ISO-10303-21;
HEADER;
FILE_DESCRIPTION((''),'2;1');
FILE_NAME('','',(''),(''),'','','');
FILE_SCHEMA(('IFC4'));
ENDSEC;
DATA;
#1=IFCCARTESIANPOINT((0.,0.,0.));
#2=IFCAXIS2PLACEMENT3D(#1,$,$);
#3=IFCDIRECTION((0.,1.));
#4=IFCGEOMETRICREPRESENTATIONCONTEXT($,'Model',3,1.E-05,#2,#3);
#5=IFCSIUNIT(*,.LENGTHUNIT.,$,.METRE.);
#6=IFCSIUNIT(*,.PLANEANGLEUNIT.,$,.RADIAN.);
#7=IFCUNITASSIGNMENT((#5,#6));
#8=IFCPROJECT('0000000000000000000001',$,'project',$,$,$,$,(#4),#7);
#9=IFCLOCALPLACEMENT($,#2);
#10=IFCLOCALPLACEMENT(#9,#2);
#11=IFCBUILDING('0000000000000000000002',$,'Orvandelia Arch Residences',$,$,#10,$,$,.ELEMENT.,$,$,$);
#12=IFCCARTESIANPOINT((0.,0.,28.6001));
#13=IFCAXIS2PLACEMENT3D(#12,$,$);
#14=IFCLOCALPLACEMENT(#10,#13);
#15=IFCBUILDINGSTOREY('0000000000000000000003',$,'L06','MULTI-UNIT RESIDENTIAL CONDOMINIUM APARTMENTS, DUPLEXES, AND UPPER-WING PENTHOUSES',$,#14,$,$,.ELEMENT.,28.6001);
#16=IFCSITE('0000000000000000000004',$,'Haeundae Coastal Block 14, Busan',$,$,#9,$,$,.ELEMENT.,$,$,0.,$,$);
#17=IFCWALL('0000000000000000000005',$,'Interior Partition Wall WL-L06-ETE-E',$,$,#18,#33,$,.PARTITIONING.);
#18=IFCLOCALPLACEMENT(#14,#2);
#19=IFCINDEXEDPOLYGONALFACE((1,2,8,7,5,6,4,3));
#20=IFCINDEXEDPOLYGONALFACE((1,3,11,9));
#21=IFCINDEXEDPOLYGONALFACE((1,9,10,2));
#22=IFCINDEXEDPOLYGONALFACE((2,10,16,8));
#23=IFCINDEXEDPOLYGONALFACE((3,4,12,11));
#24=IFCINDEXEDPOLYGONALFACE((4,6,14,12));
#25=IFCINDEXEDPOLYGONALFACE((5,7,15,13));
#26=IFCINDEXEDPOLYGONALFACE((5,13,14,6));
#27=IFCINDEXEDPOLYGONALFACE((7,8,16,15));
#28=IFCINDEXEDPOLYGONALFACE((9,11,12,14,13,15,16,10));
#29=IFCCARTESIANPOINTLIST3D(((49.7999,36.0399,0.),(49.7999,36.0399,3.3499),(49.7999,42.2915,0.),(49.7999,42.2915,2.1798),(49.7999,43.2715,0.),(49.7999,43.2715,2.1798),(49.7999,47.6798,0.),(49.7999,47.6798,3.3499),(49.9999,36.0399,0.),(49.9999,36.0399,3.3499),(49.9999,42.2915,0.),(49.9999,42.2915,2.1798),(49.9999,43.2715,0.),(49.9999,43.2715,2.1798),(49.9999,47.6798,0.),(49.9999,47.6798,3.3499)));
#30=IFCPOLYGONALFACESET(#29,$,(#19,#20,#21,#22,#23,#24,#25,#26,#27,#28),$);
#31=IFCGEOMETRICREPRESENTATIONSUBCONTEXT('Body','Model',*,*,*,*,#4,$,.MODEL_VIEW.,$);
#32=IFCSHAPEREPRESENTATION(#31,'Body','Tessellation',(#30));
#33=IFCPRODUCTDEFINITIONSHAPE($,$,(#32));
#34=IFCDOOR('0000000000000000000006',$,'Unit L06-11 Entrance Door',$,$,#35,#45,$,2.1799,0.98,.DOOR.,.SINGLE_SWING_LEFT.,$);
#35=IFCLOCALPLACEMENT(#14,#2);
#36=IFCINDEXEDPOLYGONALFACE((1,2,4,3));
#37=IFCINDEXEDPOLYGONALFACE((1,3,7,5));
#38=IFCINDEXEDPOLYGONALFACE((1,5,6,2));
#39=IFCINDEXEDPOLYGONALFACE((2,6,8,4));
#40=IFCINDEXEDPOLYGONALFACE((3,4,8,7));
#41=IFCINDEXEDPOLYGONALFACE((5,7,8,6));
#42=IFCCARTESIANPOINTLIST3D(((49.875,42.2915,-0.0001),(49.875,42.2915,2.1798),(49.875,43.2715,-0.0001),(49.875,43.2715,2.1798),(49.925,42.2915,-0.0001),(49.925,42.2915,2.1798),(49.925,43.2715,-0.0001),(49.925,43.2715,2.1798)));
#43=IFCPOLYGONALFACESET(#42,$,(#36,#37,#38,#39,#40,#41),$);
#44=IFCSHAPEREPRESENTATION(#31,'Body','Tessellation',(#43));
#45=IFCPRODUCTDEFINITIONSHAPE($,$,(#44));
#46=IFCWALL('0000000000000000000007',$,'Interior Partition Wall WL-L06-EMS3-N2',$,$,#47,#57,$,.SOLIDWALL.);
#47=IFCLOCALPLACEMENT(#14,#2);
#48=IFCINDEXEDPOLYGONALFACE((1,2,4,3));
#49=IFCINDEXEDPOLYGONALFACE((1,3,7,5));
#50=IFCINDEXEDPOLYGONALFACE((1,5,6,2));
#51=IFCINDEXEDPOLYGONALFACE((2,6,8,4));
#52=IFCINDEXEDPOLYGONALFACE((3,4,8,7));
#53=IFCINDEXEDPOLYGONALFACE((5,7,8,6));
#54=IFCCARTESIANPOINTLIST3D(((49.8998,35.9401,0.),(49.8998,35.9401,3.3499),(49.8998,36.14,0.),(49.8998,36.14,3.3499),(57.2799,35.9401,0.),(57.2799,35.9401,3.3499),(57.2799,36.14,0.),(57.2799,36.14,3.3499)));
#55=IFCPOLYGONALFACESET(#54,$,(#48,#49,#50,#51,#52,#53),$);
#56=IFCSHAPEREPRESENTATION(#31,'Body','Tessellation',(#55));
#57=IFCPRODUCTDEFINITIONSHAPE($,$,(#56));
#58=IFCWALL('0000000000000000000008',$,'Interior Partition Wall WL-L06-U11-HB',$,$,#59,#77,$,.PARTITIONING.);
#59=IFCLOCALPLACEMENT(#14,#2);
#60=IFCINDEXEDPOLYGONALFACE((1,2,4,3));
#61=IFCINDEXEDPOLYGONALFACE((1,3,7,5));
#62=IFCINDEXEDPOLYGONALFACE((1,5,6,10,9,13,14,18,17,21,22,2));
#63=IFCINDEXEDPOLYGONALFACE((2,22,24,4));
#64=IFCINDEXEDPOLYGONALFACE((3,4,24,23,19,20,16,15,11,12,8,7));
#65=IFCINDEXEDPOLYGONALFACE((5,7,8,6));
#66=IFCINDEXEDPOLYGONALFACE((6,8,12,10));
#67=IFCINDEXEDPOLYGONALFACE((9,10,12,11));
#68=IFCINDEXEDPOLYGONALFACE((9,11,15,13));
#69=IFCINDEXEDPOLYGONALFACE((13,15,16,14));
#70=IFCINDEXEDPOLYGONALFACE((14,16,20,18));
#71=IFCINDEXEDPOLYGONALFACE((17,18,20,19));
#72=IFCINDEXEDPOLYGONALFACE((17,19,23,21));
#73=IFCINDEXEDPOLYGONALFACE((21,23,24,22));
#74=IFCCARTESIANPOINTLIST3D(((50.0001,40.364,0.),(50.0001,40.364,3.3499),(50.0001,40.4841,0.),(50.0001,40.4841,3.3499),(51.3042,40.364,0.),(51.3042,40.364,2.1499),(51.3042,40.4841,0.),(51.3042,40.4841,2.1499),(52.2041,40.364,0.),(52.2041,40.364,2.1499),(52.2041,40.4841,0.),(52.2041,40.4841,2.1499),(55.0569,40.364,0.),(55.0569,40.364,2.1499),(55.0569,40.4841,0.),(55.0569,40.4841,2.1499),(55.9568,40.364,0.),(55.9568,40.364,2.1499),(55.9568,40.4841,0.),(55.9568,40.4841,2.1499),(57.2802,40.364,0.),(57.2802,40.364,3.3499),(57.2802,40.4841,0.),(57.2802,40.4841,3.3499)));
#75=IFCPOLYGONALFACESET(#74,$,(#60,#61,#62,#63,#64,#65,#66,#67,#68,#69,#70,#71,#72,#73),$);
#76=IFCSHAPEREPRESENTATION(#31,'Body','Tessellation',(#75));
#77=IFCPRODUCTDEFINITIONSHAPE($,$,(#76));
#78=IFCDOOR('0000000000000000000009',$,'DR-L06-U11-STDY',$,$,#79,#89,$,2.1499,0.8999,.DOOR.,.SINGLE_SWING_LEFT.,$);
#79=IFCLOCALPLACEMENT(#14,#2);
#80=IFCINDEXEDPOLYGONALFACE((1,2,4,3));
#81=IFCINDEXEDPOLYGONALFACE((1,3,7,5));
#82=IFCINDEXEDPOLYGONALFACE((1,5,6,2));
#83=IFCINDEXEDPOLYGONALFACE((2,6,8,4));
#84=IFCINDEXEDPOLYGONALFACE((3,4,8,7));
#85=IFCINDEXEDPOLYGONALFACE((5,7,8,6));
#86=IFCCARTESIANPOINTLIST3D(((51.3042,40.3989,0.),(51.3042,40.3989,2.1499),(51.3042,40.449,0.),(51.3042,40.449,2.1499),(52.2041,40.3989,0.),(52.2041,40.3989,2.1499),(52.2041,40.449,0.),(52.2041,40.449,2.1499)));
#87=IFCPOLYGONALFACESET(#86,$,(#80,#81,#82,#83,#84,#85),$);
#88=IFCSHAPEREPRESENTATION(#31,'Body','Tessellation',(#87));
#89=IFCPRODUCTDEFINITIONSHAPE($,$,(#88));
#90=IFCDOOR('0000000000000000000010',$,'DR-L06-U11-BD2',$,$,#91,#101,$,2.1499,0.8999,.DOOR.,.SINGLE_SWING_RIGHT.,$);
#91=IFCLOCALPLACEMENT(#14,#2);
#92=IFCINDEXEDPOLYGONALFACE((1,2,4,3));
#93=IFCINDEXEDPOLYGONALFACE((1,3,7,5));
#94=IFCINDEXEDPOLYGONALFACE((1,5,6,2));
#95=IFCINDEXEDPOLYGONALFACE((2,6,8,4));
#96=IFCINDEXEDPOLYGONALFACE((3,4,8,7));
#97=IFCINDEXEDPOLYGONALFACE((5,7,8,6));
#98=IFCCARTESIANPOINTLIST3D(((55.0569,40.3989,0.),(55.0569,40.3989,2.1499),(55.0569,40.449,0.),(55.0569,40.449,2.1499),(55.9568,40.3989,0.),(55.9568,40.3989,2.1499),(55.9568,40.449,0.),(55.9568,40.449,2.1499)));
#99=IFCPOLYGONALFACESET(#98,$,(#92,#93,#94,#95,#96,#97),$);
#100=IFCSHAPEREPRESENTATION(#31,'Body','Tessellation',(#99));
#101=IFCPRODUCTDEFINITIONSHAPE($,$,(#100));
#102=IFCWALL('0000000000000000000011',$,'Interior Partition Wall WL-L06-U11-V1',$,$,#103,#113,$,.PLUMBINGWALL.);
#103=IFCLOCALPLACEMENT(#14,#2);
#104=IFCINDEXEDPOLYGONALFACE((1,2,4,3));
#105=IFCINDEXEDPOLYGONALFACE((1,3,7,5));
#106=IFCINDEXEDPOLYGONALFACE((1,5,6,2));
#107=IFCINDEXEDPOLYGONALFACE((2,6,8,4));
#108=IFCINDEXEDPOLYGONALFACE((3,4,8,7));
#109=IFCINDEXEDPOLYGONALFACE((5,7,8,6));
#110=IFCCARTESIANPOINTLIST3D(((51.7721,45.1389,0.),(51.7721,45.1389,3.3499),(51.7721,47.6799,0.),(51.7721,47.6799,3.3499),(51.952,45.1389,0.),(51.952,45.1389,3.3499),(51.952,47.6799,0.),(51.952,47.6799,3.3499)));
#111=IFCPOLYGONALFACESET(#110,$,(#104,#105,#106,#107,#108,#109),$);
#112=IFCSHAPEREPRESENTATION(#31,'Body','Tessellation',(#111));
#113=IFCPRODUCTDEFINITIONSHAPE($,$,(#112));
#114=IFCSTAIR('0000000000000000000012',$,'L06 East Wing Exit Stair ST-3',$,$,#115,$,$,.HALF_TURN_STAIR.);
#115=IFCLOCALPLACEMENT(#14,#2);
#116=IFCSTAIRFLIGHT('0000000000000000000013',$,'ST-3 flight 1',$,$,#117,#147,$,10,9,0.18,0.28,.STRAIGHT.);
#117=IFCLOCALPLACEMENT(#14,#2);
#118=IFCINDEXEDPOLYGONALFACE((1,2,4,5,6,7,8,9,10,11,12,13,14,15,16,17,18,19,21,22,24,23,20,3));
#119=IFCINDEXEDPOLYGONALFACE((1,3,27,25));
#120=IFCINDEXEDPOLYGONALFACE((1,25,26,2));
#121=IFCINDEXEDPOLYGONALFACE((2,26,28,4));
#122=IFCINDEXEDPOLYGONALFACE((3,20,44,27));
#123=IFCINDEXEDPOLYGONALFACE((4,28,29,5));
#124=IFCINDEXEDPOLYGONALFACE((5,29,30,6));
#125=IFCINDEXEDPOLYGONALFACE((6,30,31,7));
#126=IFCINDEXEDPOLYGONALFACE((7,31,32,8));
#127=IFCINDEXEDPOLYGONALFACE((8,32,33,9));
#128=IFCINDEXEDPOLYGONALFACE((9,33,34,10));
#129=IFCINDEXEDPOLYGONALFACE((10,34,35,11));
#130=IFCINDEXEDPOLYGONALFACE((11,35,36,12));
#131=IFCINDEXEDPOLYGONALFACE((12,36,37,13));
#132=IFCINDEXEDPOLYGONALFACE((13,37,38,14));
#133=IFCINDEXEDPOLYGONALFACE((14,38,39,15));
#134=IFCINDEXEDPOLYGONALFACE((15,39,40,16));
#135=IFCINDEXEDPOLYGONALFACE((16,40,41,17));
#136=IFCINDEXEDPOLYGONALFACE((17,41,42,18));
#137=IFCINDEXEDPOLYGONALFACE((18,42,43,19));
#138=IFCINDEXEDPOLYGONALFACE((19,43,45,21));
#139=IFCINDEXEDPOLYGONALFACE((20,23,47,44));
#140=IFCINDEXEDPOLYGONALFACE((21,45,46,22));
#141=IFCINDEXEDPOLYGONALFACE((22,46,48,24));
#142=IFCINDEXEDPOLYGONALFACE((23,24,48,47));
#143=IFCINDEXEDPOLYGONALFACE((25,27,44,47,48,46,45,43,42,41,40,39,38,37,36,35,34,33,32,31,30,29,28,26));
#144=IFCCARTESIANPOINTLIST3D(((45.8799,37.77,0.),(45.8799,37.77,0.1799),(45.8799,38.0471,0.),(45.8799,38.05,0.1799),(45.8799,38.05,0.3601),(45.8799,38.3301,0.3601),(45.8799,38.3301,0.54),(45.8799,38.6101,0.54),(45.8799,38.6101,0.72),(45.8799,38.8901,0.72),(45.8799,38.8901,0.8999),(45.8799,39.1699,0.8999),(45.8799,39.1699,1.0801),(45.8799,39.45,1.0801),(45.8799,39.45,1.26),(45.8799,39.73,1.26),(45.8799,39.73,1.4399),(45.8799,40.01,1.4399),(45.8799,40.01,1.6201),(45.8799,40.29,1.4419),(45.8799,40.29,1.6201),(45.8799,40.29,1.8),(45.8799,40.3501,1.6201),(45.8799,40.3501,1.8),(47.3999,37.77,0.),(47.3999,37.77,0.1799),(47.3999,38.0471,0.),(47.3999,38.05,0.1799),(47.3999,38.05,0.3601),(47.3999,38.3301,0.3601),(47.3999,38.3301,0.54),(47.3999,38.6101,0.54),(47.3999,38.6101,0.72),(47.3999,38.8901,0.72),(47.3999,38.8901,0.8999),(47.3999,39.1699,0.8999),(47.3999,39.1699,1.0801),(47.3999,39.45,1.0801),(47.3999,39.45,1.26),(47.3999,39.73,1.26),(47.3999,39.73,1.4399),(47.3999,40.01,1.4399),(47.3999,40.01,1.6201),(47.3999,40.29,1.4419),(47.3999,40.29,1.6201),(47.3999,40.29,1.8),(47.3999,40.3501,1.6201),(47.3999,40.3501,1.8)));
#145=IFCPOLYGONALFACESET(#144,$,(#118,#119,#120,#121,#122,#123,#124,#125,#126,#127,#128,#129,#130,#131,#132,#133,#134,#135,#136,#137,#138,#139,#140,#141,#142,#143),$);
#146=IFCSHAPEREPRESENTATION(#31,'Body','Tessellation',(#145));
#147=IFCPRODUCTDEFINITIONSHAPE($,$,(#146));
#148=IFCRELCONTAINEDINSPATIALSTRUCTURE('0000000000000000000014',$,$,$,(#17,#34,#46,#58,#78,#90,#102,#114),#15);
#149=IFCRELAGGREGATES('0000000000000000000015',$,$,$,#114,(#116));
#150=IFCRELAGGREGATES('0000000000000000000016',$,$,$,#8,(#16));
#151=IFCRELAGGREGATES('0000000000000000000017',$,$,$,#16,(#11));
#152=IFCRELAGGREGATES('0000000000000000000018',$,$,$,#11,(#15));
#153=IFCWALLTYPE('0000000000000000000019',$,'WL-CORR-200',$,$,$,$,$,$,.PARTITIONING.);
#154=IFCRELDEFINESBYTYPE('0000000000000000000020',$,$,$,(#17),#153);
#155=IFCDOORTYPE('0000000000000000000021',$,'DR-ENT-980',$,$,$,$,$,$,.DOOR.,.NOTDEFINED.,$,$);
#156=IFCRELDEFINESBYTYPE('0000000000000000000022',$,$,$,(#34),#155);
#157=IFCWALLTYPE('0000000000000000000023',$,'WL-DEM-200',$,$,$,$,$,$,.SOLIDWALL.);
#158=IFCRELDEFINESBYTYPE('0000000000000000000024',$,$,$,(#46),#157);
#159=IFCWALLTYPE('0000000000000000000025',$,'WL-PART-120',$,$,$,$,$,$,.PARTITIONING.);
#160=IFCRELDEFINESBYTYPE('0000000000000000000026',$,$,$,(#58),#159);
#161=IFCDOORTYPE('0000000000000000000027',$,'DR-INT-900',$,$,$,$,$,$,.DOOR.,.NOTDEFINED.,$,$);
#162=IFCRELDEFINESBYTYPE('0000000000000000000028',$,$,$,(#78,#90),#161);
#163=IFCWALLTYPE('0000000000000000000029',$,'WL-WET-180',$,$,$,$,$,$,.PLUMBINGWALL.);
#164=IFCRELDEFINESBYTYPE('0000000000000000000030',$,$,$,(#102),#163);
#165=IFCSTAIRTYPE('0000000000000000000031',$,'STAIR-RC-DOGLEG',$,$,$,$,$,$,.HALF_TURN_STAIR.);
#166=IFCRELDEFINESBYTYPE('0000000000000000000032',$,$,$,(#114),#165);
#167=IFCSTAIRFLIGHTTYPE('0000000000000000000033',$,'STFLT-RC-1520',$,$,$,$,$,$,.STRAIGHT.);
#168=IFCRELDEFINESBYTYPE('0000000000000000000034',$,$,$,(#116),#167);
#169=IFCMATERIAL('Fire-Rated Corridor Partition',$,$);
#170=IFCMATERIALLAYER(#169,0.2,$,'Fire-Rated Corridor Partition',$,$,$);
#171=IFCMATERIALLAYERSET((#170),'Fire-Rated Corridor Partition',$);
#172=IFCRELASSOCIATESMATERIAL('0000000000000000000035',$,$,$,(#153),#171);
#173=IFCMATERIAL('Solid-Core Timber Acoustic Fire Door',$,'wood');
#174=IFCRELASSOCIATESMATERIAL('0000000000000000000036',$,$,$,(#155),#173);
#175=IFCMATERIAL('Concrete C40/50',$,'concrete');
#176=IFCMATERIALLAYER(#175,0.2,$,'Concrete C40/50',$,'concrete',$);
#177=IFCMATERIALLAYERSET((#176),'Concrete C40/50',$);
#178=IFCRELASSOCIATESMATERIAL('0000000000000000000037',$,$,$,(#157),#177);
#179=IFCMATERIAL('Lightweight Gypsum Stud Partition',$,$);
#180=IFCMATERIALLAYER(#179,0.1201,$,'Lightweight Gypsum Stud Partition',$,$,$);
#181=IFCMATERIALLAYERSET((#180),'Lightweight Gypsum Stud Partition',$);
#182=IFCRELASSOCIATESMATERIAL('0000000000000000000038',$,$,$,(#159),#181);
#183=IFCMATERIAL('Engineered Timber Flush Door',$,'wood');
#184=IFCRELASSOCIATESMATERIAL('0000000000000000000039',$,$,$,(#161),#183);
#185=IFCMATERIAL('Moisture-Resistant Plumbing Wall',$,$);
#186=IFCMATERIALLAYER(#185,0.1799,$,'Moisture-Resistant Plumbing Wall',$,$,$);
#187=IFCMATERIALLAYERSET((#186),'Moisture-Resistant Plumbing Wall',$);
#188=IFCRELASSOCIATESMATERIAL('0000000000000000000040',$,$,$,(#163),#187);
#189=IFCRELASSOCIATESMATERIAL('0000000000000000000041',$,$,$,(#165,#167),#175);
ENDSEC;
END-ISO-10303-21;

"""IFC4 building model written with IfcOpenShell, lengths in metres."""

from ifc_helpers import new_model, si_unit, direction, frame, frame_2d, origin, place, context, subcontext, project, spatial, polyline, rectangle, outline, extrude, material, layer, layer_set, type_object, element, fill, aggregate, save


model = new_model("IFC4")

# Units and contexts
model_context = context("Model", 3, precision=1e-05, world=origin(), true_north=direction((0.0, 1.0)))
body_context = subcontext(model_context, "Body", "Model", "MODEL_VIEW")
ifc_project = project(units=[si_unit("LENGTHUNIT", "METRE"), si_unit("PLANEANGLEUNIT", "RADIAN")], contexts=[model_context])

# Site, building, storey
site_placement = place(None, origin())
site = spatial("IfcSite", under=ifc_project, at=site_placement, Name="Haeundae Coastal Block 14, Busan", CompositionType="ELEMENT", RefElevation=0.0)
building_placement = place(site_placement, origin())
building = spatial("IfcBuilding", under=site, at=building_placement, Name="Orvandelia Arch Residences", CompositionType="ELEMENT")
storey_placement = place(building_placement, frame((0.0, 0.0, 28.6001)))
storey = spatial("IfcBuildingStorey", under=building, at=storey_placement, Name="L06", Description="MULTI-UNIT RESIDENTIAL CONDOMINIUM APARTMENTS, DUPLEXES, AND UPPER-WING PENTHOUSES", CompositionType="ELEMENT", Elevation=28.6001)

# Wall, opening, door
ifc_material_1 = material(Name="Fire-Rated Corridor Partition")
ifc_layer_1 = layer(ifc_material_1, 0.2, Name="Fire-Rated Corridor Partition")
ifc_layer_set_1 = layer_set([ifc_layer_1], Name="Fire-Rated Corridor Partition")
wall_type_1 = type_object("IfcWallType", Name="WL-CORR-200", PredefinedType="PARTITIONING", material=ifc_layer_set_1)
wall_1_placement = place(storey_placement, frame((49.8999, 36.04, 0.0), z_axis=(0.0, 0.0, 1.0), x_axis=(0.0, 1.0, 0.0)))
wall_1 = element("IfcWall", 1, at=wall_1_placement, inside=storey, type_object=wall_type_1, Name="Interior Partition Wall WL-L06-ETE-E", PredefinedType="PARTITIONING", context=body_context, shape_type="SweptSolid", body=[
    extrude(rectangle(XDim=11.6399, YDim=0.2, at=frame_2d((5.8198, 0.0))), origin(), (0.0, 0.0, 1.0), 3.3499),
])
opening_1_placement = place(wall_1_placement, frame((6.2515, 0.0, 0.0)))
opening_1 = element("IfcOpeningElement", 2, at=opening_1_placement, cuts=wall_1, PredefinedType="OPENING", context=body_context, shape_type="SweptSolid", body=[
    extrude(rectangle(XDim=0.98, YDim=2.1799, at=frame_2d((0.49, 1.0898))), frame((0.0, 0.1099, 0.0), z_axis=(0.0, -1.0, 0.0), x_axis=(1.0, 0.0, 0.0)), (0.0, 0.0, 1.0), 0.22),
])
ifc_material_2 = material(Name="Solid-Core Timber Acoustic Fire Door", Category="wood")
door_type_1 = type_object("IfcDoorType", Name="DR-ENT-980", OperationType="NOTDEFINED", PredefinedType="DOOR", material=ifc_material_2)
door_1_placement = place(opening_1_placement, origin())
door_1 = element("IfcDoor", 3, at=door_1_placement, inside=storey, type_object=door_type_1, Name="Unit L06-11 Entrance Door", OperationType="SINGLE_SWING_LEFT", OverallHeight=2.1799, OverallWidth=0.98, PredefinedType="DOOR", context=body_context, shape_type="SweptSolid", body=[
    extrude(rectangle(XDim=0.98, YDim=2.1799, at=frame_2d((0.49, 1.0898))), frame((0.0, 0.0249, 0.0), z_axis=(0.0, -1.0, 0.0), x_axis=(1.0, 0.0, 0.0)), (0.0, 0.0, 1.0), 0.05),
])
fill(opening_1, door_1)

# Wall
ifc_material_3 = material(Name="Concrete C40/50", Category="concrete")
ifc_layer_2 = layer(ifc_material_3, 0.2, Name="Concrete C40/50", Category="concrete")
ifc_layer_set_2 = layer_set([ifc_layer_2], Name="Concrete C40/50")
wall_type_2 = type_object("IfcWallType", Name="WL-DEM-200", PredefinedType="SOLIDWALL", material=ifc_layer_set_2)
wall_2_placement = place(storey_placement, frame((49.8999, 36.04, 0.0), z_axis=(0.0, 0.0, 1.0), x_axis=(1.0, 0.0, 0.0)))
element("IfcWall", 4, at=wall_2_placement, inside=storey, type_object=wall_type_2, Name="Interior Partition Wall WL-L06-EMS3-N2", PredefinedType="SOLIDWALL", context=body_context, shape_type="SweptSolid", body=[
    extrude(rectangle(XDim=7.3801, YDim=0.2, at=frame_2d((3.6899, 0.0))), origin(), (0.0, 0.0, 1.0), 3.3499),
])

# Wall, openings, doors
ifc_material_4 = material(Name="Lightweight Gypsum Stud Partition")
ifc_layer_3 = layer(ifc_material_4, 0.1201, Name="Lightweight Gypsum Stud Partition")
ifc_layer_set_3 = layer_set([ifc_layer_3], Name="Lightweight Gypsum Stud Partition")
wall_type_3 = type_object("IfcWallType", Name="WL-PART-120", PredefinedType="PARTITIONING", material=ifc_layer_set_3)
wall_3_placement = place(storey_placement, frame((50.0, 40.4241, 0.0), z_axis=(0.0, 0.0, 1.0), x_axis=(1.0, 0.0, 0.0)))
wall_3 = element("IfcWall", 5, at=wall_3_placement, inside=storey, type_object=wall_type_3, Name="Interior Partition Wall WL-L06-U11-HB", PredefinedType="PARTITIONING", context=body_context, shape_type="SweptSolid", body=[
    extrude(rectangle(XDim=7.28, YDim=0.1201, at=frame_2d((3.6401, 0.0))), origin(), (0.0, 0.0, 1.0), 3.3499),
])
opening_2_placement = place(wall_3_placement, frame((1.3042, 0.0, 0.0)))
opening_2 = element("IfcOpeningElement", 6, at=opening_2_placement, cuts=wall_3, PredefinedType="OPENING", context=body_context, shape_type="SweptSolid", body=[
    extrude(rectangle(XDim=0.8999, YDim=2.1499, at=frame_2d((0.45, 1.075))), frame((0.0, 0.0701, 0.0), z_axis=(0.0, -1.0, 0.0), x_axis=(1.0, 0.0, 0.0)), (0.0, 0.0, 1.0), 0.1401),
])
opening_3_placement = place(wall_3_placement, frame((5.0569, 0.0, 0.0)))
opening_3 = element("IfcOpeningElement", 7, at=opening_3_placement, cuts=wall_3, PredefinedType="OPENING", context=body_context, shape_type="SweptSolid", body=[
    extrude(rectangle(XDim=0.8999, YDim=2.1499, at=frame_2d((0.45, 1.075))), frame((0.0, 0.0701, 0.0), z_axis=(0.0, -1.0, 0.0), x_axis=(1.0, 0.0, 0.0)), (0.0, 0.0, 1.0), 0.1401),
])
ifc_material_5 = material(Name="Engineered Timber Flush Door", Category="wood")
door_type_2 = type_object("IfcDoorType", Name="DR-INT-900", OperationType="NOTDEFINED", PredefinedType="DOOR", material=ifc_material_5)
door_2_placement = place(opening_2_placement, origin())
door_2 = element("IfcDoor", 8, at=door_2_placement, inside=storey, type_object=door_type_2, Name="DR-L06-U11-STDY", OperationType="SINGLE_SWING_LEFT", OverallHeight=2.1499, OverallWidth=0.8999, PredefinedType="DOOR", context=body_context, shape_type="SweptSolid", body=[
    extrude(rectangle(XDim=0.8999, YDim=2.1499, at=frame_2d((0.45, 1.075))), frame((0.0, 0.0249, 0.0), z_axis=(0.0, -1.0, 0.0), x_axis=(1.0, 0.0, 0.0)), (0.0, 0.0, 1.0), 0.05),
])
fill(opening_2, door_2)
door_3_placement = place(opening_3_placement, origin())
door_3 = element("IfcDoor", 9, at=door_3_placement, inside=storey, type_object=door_type_2, Name="DR-L06-U11-BD2", OperationType="SINGLE_SWING_RIGHT", OverallHeight=2.1499, OverallWidth=0.8999, PredefinedType="DOOR", context=body_context, shape_type="SweptSolid", body=[
    extrude(rectangle(XDim=0.8999, YDim=2.1499, at=frame_2d((0.45, 1.075))), frame((0.0, 0.0249, 0.0), z_axis=(0.0, -1.0, 0.0), x_axis=(1.0, 0.0, 0.0)), (0.0, 0.0, 1.0), 0.05),
])
fill(opening_3, door_3)
ifc_material_6 = material(Name="Moisture-Resistant Plumbing Wall")
ifc_layer_4 = layer(ifc_material_6, 0.1799, Name="Moisture-Resistant Plumbing Wall")
ifc_layer_set_4 = layer_set([ifc_layer_4], Name="Moisture-Resistant Plumbing Wall")
wall_type_4 = type_object("IfcWallType", Name="WL-WET-180", PredefinedType="PLUMBINGWALL", material=ifc_layer_set_4)

# Wall
wall_4_placement = place(storey_placement, frame((51.8621, 45.1389, 0.0), z_axis=(0.0, 0.0, 1.0), x_axis=(0.0, 1.0, 0.0)))
element("IfcWall", 10, at=wall_4_placement, inside=storey, type_object=wall_type_4, Name="Interior Partition Wall WL-L06-U11-V1", PredefinedType="PLUMBINGWALL", context=body_context, shape_type="SweptSolid", body=[
    extrude(rectangle(XDim=2.541, YDim=0.1799, at=frame_2d((1.2705, 0.0))), origin(), (0.0, 0.0, 1.0), 3.3499),
])

# Stair, stair flight
stair_type = type_object("IfcStairType", Name="STAIR-RC-DOGLEG", PredefinedType="HALF_TURN_STAIR", material=ifc_material_3)
stair_placement = place(storey_placement, origin())
stair = element("IfcStair", 11, at=stair_placement, inside=storey, type_object=stair_type, Name="L06 East Wing Exit Stair ST-3", PredefinedType="HALF_TURN_STAIR")
stair_flight_type = type_object("IfcStairFlightType", Name="STFLT-RC-1520", PredefinedType="STRAIGHT", material=ifc_material_3)
stair_flight_placement = place(storey_placement, frame((46.6399, 37.77, 0.0), z_axis=(0.0, 0.0, 1.0), x_axis=(0.0, 1.0, 0.0)))
stair_flight = element("IfcStairFlight", 12, at=stair_flight_placement, type_object=stair_flight_type, Name="ST-3 flight 1", NumberOfRisers=10, NumberOfTreads=9, PredefinedType="STRAIGHT", RiserHeight=0.18, TreadLength=0.28, context=body_context, shape_type="SweptSolid", body=[
    extrude(outline(polyline([(0.0, 0.0), (0.0, 0.1799), (0.28, 0.1799), (0.28, 0.3601), (0.5601, 0.3601), (0.5601, 0.54), (0.8401, 0.54), (0.8401, 0.72), (1.1201, 0.72), (1.1201, 0.8999), (1.3999, 0.8999), (1.3999, 1.0801), (1.6799, 1.0801), (1.6799, 1.26), (1.96, 1.26), (1.96, 1.4399), (2.24, 1.4399), (2.24, 1.6201), (2.52, 1.6201), (2.52, 1.8), (2.5801, 1.8), (2.5801, 1.6201), (2.52, 1.4419), (0.2771, 0.0), (0.0, 0.0)])), frame((0.0, 0.76, 0.0), z_axis=(0.0, -1.0, 0.0), x_axis=(1.0, 0.0, 0.0)), (0.0, 0.0, 1.0), 1.52),
])
aggregate(stair, [stair_flight])

save(model, "model.ifc")
